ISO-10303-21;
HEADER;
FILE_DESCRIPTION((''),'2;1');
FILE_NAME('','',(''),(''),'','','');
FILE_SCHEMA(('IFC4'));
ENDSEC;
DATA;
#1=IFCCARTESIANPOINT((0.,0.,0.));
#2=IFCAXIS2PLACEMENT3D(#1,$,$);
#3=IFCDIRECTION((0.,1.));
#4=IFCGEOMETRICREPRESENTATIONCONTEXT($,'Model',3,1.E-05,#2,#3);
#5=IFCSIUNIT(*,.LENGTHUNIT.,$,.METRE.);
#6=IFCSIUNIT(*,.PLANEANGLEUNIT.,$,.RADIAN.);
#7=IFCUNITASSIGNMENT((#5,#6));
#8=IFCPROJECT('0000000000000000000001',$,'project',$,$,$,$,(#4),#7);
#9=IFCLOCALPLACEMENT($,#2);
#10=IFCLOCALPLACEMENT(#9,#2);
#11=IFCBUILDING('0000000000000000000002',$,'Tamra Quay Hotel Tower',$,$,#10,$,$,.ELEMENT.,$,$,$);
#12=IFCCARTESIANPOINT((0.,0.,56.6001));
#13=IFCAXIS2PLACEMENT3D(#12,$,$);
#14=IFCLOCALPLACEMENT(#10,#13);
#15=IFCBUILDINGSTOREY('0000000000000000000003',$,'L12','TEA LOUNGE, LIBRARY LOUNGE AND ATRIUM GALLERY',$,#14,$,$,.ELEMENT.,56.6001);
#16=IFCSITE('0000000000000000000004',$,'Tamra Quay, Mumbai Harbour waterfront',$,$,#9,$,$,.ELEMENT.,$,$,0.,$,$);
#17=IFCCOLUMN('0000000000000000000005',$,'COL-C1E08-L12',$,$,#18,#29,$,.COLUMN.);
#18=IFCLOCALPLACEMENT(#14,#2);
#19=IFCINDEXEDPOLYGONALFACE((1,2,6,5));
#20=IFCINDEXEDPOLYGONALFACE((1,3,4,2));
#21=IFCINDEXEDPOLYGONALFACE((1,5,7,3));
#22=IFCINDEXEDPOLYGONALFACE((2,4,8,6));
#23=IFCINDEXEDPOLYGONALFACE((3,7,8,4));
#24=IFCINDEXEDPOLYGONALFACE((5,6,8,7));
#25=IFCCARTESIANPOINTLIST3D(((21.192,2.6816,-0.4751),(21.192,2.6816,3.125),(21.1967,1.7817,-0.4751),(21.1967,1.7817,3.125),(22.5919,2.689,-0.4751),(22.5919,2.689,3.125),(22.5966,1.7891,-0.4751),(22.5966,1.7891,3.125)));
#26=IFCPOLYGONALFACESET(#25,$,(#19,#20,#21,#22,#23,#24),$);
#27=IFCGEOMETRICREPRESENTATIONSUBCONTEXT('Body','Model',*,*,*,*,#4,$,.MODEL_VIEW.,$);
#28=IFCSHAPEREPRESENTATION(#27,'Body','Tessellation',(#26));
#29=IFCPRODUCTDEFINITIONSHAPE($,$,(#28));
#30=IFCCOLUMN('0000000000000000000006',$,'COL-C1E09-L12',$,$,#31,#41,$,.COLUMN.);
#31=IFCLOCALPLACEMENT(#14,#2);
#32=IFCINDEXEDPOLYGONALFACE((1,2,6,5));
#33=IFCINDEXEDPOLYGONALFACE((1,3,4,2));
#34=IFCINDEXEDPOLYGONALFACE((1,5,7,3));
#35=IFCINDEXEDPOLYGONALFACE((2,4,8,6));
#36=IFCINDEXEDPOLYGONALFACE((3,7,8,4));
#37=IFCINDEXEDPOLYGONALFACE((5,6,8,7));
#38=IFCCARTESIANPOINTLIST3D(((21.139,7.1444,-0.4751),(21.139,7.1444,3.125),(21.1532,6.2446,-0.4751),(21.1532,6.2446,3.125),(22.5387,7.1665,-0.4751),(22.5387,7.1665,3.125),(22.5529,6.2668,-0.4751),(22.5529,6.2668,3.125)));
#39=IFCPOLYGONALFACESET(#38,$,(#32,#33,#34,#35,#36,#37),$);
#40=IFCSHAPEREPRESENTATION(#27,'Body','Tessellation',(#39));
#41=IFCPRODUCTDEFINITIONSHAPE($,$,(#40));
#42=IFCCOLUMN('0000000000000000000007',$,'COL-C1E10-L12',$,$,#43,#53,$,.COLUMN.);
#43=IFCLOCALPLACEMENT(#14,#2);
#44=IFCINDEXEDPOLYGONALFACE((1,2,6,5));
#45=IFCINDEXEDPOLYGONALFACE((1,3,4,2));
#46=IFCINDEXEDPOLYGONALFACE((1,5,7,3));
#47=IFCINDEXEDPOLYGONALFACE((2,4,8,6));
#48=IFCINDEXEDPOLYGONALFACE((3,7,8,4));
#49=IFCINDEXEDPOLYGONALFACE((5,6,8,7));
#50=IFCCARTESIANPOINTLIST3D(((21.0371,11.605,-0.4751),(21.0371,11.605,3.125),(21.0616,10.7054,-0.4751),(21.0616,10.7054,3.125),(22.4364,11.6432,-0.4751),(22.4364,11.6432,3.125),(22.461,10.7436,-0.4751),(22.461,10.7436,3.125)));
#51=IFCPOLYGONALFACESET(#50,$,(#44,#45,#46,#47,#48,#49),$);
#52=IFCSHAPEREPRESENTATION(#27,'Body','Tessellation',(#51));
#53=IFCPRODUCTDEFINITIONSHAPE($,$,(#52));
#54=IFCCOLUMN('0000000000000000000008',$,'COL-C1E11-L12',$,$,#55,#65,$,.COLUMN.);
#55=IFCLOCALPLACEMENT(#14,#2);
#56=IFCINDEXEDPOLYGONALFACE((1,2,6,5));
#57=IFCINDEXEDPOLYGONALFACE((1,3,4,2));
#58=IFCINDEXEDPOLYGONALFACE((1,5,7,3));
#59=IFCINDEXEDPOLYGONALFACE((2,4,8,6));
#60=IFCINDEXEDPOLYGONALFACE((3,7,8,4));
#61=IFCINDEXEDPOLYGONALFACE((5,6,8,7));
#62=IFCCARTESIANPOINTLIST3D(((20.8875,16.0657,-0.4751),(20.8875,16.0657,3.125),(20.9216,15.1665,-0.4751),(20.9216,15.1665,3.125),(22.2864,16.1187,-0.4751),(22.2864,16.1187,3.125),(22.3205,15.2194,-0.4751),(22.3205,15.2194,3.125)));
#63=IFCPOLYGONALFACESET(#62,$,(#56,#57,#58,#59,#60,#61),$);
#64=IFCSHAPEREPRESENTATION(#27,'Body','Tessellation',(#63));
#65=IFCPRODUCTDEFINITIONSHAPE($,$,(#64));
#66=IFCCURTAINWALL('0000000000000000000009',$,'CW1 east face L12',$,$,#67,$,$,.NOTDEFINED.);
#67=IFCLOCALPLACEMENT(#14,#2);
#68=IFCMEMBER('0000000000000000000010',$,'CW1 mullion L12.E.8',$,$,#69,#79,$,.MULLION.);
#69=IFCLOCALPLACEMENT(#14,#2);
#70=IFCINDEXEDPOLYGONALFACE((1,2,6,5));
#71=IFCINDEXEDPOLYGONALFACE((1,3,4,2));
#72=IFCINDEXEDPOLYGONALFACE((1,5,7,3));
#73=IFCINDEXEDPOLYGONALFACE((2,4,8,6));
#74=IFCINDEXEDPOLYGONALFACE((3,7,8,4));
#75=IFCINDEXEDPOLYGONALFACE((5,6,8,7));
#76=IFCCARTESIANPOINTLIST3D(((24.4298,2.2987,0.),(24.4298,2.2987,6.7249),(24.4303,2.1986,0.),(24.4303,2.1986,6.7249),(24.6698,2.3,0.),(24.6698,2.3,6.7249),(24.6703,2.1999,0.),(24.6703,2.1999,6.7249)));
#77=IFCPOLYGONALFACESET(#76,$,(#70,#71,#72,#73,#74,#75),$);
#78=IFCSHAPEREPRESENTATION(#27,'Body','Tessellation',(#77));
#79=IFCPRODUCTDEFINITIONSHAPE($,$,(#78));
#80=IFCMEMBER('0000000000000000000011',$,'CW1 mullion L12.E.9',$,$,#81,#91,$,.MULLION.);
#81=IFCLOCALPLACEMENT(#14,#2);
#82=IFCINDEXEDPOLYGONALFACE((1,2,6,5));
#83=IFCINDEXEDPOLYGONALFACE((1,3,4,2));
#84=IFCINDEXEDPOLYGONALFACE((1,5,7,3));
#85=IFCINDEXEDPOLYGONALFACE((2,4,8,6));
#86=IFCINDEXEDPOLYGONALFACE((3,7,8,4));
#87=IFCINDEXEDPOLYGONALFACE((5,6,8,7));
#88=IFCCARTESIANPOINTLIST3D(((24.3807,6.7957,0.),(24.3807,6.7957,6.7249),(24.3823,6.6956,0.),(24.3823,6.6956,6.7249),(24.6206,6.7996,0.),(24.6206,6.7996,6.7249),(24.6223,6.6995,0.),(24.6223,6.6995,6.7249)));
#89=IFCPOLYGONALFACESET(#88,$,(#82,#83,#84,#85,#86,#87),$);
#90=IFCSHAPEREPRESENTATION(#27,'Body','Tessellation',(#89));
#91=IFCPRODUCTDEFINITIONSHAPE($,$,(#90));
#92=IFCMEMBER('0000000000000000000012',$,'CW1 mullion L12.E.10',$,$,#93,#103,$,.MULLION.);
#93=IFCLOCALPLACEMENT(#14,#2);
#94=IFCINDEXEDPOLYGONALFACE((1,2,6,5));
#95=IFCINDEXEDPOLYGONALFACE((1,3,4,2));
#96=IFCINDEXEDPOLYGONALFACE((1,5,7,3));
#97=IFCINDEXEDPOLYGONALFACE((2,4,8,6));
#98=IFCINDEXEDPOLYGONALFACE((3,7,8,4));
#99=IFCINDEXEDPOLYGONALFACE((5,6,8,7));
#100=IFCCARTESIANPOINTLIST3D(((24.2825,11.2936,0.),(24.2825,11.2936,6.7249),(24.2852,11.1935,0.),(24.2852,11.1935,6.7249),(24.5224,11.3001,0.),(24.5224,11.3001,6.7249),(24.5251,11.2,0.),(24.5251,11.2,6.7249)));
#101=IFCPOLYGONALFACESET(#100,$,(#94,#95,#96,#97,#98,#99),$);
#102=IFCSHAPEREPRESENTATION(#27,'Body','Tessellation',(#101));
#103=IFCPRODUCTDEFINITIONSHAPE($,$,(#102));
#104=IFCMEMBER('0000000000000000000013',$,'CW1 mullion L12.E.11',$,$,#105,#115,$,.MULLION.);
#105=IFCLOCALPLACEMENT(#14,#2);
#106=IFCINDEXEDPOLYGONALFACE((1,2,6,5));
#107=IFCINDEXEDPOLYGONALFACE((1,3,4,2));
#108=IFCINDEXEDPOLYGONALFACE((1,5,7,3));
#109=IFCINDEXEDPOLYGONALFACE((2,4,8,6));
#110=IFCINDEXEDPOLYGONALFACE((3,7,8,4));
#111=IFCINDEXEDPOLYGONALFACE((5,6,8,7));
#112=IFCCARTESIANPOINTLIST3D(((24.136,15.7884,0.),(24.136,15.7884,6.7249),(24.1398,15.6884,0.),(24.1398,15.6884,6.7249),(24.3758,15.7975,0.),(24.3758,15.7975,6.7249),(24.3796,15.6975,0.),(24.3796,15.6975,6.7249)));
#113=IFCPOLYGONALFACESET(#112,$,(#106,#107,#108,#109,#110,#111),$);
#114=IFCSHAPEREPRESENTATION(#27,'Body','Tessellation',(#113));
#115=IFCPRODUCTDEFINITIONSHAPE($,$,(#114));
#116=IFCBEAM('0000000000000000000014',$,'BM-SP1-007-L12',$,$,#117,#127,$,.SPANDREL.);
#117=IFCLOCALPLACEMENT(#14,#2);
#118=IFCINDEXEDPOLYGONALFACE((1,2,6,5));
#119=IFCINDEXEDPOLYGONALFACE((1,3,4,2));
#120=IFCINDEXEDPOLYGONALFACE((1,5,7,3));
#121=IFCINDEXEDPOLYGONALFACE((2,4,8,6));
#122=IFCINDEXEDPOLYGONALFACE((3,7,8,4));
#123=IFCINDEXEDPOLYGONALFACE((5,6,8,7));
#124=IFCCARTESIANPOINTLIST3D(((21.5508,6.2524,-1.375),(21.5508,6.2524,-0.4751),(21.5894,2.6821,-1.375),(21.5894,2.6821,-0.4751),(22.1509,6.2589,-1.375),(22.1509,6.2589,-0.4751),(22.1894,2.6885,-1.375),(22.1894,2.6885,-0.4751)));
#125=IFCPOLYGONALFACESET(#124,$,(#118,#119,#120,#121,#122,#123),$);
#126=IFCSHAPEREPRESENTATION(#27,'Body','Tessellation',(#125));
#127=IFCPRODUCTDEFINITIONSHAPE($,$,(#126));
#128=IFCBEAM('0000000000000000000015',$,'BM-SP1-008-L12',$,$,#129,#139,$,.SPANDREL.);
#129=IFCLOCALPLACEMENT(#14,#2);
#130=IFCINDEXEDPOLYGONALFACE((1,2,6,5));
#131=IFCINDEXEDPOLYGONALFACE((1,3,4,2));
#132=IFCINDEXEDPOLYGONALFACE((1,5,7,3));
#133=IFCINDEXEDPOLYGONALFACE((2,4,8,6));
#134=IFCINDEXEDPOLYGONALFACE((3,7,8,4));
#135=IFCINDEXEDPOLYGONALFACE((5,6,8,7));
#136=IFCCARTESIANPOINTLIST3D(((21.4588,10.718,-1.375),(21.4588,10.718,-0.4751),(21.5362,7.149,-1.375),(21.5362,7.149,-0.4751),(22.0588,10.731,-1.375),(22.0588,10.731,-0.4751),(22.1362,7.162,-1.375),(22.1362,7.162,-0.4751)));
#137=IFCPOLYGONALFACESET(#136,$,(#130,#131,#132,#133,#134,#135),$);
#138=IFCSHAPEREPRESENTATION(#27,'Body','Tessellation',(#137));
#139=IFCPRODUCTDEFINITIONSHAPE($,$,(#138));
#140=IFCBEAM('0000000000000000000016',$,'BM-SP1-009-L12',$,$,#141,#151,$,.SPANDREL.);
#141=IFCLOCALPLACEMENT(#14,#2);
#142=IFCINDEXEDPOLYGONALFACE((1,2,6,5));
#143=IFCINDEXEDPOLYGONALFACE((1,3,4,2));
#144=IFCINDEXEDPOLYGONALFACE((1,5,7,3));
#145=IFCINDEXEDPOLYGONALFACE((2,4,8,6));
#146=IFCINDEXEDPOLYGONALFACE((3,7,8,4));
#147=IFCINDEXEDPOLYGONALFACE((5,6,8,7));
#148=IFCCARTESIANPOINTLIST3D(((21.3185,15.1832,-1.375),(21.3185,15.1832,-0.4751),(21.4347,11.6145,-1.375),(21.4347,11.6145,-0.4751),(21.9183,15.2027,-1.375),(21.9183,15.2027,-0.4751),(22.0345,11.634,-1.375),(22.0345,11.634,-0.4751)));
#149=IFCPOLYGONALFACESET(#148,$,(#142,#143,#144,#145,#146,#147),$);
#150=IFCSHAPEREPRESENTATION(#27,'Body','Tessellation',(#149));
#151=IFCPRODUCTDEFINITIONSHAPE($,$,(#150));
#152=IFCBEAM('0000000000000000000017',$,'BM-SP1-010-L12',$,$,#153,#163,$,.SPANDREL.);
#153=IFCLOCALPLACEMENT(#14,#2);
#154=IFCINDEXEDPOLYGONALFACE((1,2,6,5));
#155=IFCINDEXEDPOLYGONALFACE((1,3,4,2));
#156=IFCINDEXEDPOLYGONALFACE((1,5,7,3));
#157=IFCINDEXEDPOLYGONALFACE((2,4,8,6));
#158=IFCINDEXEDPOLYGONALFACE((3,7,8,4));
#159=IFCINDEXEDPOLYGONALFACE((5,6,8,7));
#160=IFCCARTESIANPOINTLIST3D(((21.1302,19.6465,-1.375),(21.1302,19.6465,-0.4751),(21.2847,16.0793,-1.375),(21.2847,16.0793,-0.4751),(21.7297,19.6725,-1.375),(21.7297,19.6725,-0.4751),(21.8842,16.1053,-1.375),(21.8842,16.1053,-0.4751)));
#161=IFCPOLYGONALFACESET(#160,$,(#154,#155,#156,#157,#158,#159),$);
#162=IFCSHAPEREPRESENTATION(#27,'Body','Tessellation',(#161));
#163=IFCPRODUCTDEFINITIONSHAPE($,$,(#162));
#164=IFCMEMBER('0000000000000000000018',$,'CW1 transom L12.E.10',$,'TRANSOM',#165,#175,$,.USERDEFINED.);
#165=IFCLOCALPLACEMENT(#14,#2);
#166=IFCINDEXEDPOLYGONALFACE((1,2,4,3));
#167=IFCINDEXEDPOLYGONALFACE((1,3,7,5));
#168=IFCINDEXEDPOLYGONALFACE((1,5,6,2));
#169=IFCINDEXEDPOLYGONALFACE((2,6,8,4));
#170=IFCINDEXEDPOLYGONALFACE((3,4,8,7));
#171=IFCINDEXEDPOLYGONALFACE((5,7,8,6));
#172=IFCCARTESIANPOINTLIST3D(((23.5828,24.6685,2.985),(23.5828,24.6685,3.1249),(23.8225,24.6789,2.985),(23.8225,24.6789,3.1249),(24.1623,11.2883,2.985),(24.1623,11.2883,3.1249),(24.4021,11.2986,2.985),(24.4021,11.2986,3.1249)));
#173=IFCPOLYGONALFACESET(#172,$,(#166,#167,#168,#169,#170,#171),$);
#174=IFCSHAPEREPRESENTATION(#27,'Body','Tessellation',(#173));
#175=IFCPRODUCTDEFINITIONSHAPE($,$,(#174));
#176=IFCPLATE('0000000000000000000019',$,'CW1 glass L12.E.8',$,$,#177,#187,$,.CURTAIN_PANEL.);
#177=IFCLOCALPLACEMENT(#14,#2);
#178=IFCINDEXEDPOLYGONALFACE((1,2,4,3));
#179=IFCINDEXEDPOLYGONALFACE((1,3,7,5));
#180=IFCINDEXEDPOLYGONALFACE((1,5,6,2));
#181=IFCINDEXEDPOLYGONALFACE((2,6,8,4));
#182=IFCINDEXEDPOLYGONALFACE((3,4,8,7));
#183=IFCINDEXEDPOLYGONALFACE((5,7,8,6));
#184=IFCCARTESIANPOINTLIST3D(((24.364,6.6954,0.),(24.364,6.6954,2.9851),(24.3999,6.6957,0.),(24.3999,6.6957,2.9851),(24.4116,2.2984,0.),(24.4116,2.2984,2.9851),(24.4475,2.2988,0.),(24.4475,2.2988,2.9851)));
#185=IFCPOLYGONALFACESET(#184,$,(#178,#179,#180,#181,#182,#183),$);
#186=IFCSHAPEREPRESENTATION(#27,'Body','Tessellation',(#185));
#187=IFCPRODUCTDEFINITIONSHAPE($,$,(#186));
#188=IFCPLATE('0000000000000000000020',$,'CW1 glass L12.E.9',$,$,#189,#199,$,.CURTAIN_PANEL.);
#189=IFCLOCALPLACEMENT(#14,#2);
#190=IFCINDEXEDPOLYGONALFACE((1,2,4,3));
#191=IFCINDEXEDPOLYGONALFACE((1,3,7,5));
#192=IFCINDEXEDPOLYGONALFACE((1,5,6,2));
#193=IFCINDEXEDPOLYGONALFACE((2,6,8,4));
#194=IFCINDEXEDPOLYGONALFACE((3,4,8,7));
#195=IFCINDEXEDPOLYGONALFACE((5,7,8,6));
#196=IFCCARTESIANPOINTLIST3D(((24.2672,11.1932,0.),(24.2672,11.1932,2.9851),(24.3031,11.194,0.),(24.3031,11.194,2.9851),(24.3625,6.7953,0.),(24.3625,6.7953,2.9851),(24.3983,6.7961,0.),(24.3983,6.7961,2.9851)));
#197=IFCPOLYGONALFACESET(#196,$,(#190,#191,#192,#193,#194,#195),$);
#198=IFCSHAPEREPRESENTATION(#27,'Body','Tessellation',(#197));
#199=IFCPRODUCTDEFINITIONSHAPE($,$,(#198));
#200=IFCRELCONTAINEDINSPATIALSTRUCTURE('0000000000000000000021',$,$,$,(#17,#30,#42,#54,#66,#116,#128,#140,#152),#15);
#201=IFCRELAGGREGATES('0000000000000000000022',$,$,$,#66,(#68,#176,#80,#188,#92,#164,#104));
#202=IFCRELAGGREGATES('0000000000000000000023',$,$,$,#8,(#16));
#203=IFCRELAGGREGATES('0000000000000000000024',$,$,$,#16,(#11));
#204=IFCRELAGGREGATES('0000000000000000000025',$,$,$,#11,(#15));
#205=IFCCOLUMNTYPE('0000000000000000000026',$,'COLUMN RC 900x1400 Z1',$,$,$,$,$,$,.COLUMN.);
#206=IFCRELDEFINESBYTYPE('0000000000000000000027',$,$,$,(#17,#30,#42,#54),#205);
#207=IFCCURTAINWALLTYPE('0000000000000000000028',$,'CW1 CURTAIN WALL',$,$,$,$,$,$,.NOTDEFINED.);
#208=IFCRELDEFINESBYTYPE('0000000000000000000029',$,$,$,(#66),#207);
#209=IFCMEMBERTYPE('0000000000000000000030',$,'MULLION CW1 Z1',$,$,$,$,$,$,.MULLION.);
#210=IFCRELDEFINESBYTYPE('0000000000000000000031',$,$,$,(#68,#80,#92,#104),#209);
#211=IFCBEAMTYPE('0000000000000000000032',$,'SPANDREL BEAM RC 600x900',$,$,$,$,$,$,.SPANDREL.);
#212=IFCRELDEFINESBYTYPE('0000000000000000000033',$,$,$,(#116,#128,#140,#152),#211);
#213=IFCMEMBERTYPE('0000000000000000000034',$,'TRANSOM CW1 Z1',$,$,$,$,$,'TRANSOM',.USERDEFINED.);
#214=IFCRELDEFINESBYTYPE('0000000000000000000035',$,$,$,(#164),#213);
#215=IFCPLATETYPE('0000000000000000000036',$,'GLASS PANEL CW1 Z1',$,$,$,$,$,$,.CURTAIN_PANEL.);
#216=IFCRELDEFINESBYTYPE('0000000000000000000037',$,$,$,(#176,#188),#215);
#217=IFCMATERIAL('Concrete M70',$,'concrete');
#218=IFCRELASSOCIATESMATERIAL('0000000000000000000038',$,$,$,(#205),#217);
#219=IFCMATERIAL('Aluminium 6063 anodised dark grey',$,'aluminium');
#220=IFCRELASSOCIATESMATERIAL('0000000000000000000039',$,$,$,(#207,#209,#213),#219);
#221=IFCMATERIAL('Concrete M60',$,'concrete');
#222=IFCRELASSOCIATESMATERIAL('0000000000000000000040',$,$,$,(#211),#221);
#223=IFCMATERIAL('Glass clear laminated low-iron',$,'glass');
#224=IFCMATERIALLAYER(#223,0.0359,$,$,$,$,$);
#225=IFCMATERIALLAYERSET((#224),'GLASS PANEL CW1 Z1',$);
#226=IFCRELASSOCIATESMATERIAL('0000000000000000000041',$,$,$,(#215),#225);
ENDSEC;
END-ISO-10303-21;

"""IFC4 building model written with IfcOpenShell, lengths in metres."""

from ifc_helpers import new_model, si_unit, direction, frame, origin, origin_2d, place, context, subcontext, project, spatial, rectangle, extrude, material, layer, layer_set, material_profile, profile_set, type_object, element, aggregate, save


model = new_model("IFC4")

# Units and contexts
model_context = context("Model", 3, precision=1e-05, world=origin(), true_north=direction((0.0, 1.0)))
body_context = subcontext(model_context, "Body", "Model", "MODEL_VIEW")
ifc_project = project(units=[si_unit("LENGTHUNIT", "METRE"), si_unit("PLANEANGLEUNIT", "RADIAN")], contexts=[model_context])

# Site, building, storey
site_placement = place(None, origin())
site = spatial("IfcSite", under=ifc_project, at=site_placement, Name="Tamra Quay, Mumbai Harbour waterfront", CompositionType="ELEMENT", RefElevation=0.0)
building_placement = place(site_placement, origin())
building = spatial("IfcBuilding", under=site, at=building_placement, Name="Tamra Quay Hotel Tower", CompositionType="ELEMENT")
storey_placement = place(building_placement, frame((0.0, 0.0, 56.6001)))
storey = spatial("IfcBuildingStorey", under=building, at=storey_placement, Name="L12", Description="TEA LOUNGE, LIBRARY LOUNGE AND ATRIUM GALLERY", CompositionType="ELEMENT", Elevation=56.6001)

# Columns
ifc_material_1 = material(Name="Concrete M70", Category="concrete")
ifc_material_profile_1 = material_profile(ifc_material_1, rectangle(XDim=1.3999, YDim=0.8999, at=origin_2d()), Name="COLUMN RC 900x1400 Z1")
ifc_profile_set_1 = profile_set([ifc_material_profile_1], Name="Concrete M70")
column_type = type_object("IfcColumnType", Name="COLUMN RC 900x1400 Z1", PredefinedType="COLUMN", material=ifc_profile_set_1)
for number, where, z_axis, x_axis, name in (
    (1, (21.8943, 2.2354, -0.4751), (0.0, 0.0, 1.0), (0.999986, 0.00528, 0.0), "COL-C1E08-L12"),
    (2, (21.8459, 6.7056, -0.4751), (0.0, 0.0, 1.0), (0.999875, 0.015838, 0.0), "COL-C1E09-L12"),
    (3, (21.749, 11.1743, -0.4751), (0.0, 0.0, 1.0), (0.999628, 0.027269, 0.0), "COL-C1E10-L12"),
    (4, (21.604, 15.6426, -0.4751), (0.0, 0.0, 1.0), (0.999285, 0.037812, 0.0), "COL-C1E11-L12"),
):
    element("IfcColumn", number, at=place(storey_placement, frame(where, z_axis=z_axis, x_axis=x_axis)), inside=storey, type_object=column_type, Name=name, PredefinedType="COLUMN", context=body_context, shape_type="SweptSolid", body=[
        extrude(rectangle(XDim=1.3999, YDim=0.8999, at=origin_2d()), origin(), (0.0, 0.0, 1.0), 3.6001),
    ])

# Curtain wall, members
ifc_material_2 = material(Name="Aluminium 6063 anodised dark grey", Category="aluminium")
curtain_wall_type = type_object("IfcCurtainWallType", Name="CW1 CURTAIN WALL", PredefinedType="NOTDEFINED", material=ifc_material_2)
curtain_wall_placement = place(storey_placement, origin())
curtain_wall = element("IfcCurtainWall", 5, at=curtain_wall_placement, inside=storey, type_object=curtain_wall_type, Name="CW1 east face L12", PredefinedType="NOTDEFINED")
ifc_material_profile_2 = material_profile(ifc_material_2, rectangle(XDim=0.24, YDim=0.1001, at=origin_2d()), Name="MULLION 100X240")
ifc_profile_set_2 = profile_set([ifc_material_profile_2], Name="Aluminium 6063 anodised dark grey")
member_type_1 = type_object("IfcMemberType", Name="MULLION CW1 Z1", PredefinedType="MULLION", material=ifc_profile_set_2)
member_1_placement = place(storey_placement, frame((24.55, 2.2493, 0.0), z_axis=(0.0, 0.0, 1.0), x_axis=(0.999985, 0.005418, 0.0)))
member_1 = element("IfcMember", 6, at=member_1_placement, type_object=member_type_1, Name="CW1 mullion L12.E.8", PredefinedType="MULLION", context=body_context, shape_type="SweptSolid", body=[
    extrude(rectangle(XDim=0.24, YDim=0.1001, at=origin_2d()), origin(), (0.0, 0.0, 1.0), 6.7249),
])
member_2_placement = place(storey_placement, frame((24.5015, 6.7476, 0.0), z_axis=(0.0, 0.0, 1.0), x_axis=(0.999868, 0.016247, 0.0)))
member_2 = element("IfcMember", 7, at=member_2_placement, type_object=member_type_1, Name="CW1 mullion L12.E.9", PredefinedType="MULLION", context=body_context, shape_type="SweptSolid", body=[
    extrude(rectangle(XDim=0.24, YDim=0.1001, at=origin_2d()), origin(), (0.0, 0.0, 1.0), 6.7249),
])
member_3_placement = place(storey_placement, frame((24.4038, 11.2468, 0.0), z_axis=(0.0, 0.0, 1.0), x_axis=(0.999634, 0.027067, 0.0)))
member_3 = element("IfcMember", 8, at=member_3_placement, type_object=member_type_1, Name="CW1 mullion L12.E.10", PredefinedType="MULLION", context=body_context, shape_type="SweptSolid", body=[
    extrude(rectangle(XDim=0.24, YDim=0.1001, at=origin_2d()), origin(), (0.0, 0.0, 1.0), 6.7249),
])
member_4_placement = place(storey_placement, frame((24.2578, 15.7429, 0.0), z_axis=(0.0, 0.0, 1.0), x_axis=(0.999282, 0.037881, 0.0)))
member_4 = element("IfcMember", 9, at=member_4_placement, type_object=member_type_1, Name="CW1 mullion L12.E.11", PredefinedType="MULLION", context=body_context, shape_type="SweptSolid", body=[
    extrude(rectangle(XDim=0.24, YDim=0.1001, at=origin_2d()), origin(), (0.0, 0.0, 1.0), 6.7249),
])

# Beams
ifc_material_3 = material(Name="Concrete M60", Category="concrete")
ifc_material_profile_3 = material_profile(ifc_material_3, rectangle(XDim=0.6001, YDim=0.8999, at=origin_2d()), Name="SPANDREL BEAM RC 600x900")
ifc_profile_set_3 = profile_set([ifc_material_profile_3], Name="Concrete M60")
beam_type = type_object("IfcBeamType", Name="SPANDREL BEAM RC 600x900", PredefinedType="SPANDREL", material=ifc_profile_set_3)
beam_1_placement = place(storey_placement, frame((21.8894, 2.6853, -0.925), z_axis=(-0.010804, 0.999942, 0.0), x_axis=(-0.999942, -0.010804, 0.0)))
element("IfcBeam", 10, at=beam_1_placement, inside=storey, type_object=beam_type, Name="BM-SP1-007-L12", PredefinedType="SPANDREL", context=body_context, shape_type="SweptSolid", body=[
    extrude(rectangle(XDim=0.6001, YDim=0.8999, at=origin_2d()), origin(), (0.0, 0.0, 1.0), 3.5706),
])
beam_2_placement = place(storey_placement, frame((21.8362, 7.1555, -0.925), z_axis=(-0.021679, 0.999765, 0.0), x_axis=(-0.999765, -0.021679, 0.0)))
element("IfcBeam", 11, at=beam_2_placement, inside=storey, type_object=beam_type, Name="BM-SP1-008-L12", PredefinedType="SPANDREL", context=body_context, shape_type="SweptSolid", body=[
    extrude(rectangle(XDim=0.6001, YDim=0.8999, at=origin_2d()), origin(), (0.0, 0.0, 1.0), 3.5698),
])
for number, where, z_axis, x_axis, name in (
    (12, (21.7346, 11.6243, -0.925), (-0.032548, 0.99947, 0.0), (-0.99947, -0.032548, 0.0), "BM-SP1-009-L12"),
    (13, (21.5845, 16.0923, -0.925), (-0.043283, 0.999063, 0.0), (-0.999063, -0.043283, 0.0), "BM-SP1-010-L12"),
):
    element("IfcBeam", number, at=place(storey_placement, frame(where, z_axis=z_axis, x_axis=x_axis)), inside=storey, type_object=beam_type, Name=name, PredefinedType="SPANDREL", context=body_context, shape_type="SweptSolid", body=[
        extrude(rectangle(XDim=0.6001, YDim=0.8999, at=origin_2d()), origin(), (0.0, 0.0, 1.0), 3.5706),
    ])

# Member
ifc_material_profile_4 = material_profile(ifc_material_2, rectangle(XDim=0.24, YDim=0.1399, at=origin_2d()), Name="TRANSOM 240X140")
ifc_profile_set_4 = profile_set([ifc_material_profile_4], Name="Aluminium 6063 anodised dark grey")
member_type_2 = type_object("IfcMemberType", Name="TRANSOM CW1 Z1", ElementType="TRANSOM", PredefinedType="USERDEFINED", material=ifc_profile_set_4)
member_5_placement = place(storey_placement, frame((24.2822, 11.2935, 3.0549), z_axis=(-0.043276, 0.999063, 0.0), x_axis=(-0.999063, -0.043276, 0.0)))
member_5 = element("IfcMember", 14, at=member_5_placement, type_object=member_type_2, Name="CW1 transom L12.E.10", ObjectType="TRANSOM", PredefinedType="USERDEFINED", context=body_context, shape_type="SweptSolid", body=[
    extrude(rectangle(XDim=0.24, YDim=0.1399, at=origin_2d()), origin(), (0.0, 0.0, 1.0), 13.3928),
])

# Plates
ifc_material_4 = material(Name="Glass clear laminated low-iron", Category="glass")
ifc_layer_1 = layer(ifc_material_4, 0.0359)
ifc_layer_set_1 = layer_set([ifc_layer_1], Name="GLASS PANEL CW1 Z1")
plate_type = type_object("IfcPlateType", Name="GLASS PANEL CW1 Z1", PredefinedType="CURTAIN_PANEL", material=ifc_layer_set_1)
plate_1_placement = place(storey_placement, frame((24.4058, 4.4971, 0.0), z_axis=(0.0, 0.0, 1.0), x_axis=(-0.010836, 0.999941, 0.0)))
plate_1 = element("IfcPlate", 15, at=plate_1_placement, type_object=plate_type, Name="CW1 glass L12.E.8", PredefinedType="CURTAIN_PANEL", context=body_context, shape_type="SweptSolid", body=[
    extrude(rectangle(XDim=4.3972, YDim=0.0359, at=origin_2d()), origin(), (0.0, 0.0, 1.0), 2.9851),
])
plate_2_placement = place(storey_placement, frame((24.3328, 8.9946, 0.0), z_axis=(0.0, 0.0, 1.0), x_axis=(-0.021657, 0.999765, 0.0)))
plate_2 = element("IfcPlate", 16, at=plate_2_placement, type_object=plate_type, Name="CW1 glass L12.E.9", PredefinedType="CURTAIN_PANEL", context=body_context, shape_type="SweptSolid", body=[
    extrude(rectangle(XDim=4.3989, YDim=0.0359, at=origin_2d()), origin(), (0.0, 0.0, 1.0), 2.9851),
])
aggregate(curtain_wall, [member_1, plate_1, member_2, plate_2, member_3, member_5, member_4])

save(model, "model.ifc")
